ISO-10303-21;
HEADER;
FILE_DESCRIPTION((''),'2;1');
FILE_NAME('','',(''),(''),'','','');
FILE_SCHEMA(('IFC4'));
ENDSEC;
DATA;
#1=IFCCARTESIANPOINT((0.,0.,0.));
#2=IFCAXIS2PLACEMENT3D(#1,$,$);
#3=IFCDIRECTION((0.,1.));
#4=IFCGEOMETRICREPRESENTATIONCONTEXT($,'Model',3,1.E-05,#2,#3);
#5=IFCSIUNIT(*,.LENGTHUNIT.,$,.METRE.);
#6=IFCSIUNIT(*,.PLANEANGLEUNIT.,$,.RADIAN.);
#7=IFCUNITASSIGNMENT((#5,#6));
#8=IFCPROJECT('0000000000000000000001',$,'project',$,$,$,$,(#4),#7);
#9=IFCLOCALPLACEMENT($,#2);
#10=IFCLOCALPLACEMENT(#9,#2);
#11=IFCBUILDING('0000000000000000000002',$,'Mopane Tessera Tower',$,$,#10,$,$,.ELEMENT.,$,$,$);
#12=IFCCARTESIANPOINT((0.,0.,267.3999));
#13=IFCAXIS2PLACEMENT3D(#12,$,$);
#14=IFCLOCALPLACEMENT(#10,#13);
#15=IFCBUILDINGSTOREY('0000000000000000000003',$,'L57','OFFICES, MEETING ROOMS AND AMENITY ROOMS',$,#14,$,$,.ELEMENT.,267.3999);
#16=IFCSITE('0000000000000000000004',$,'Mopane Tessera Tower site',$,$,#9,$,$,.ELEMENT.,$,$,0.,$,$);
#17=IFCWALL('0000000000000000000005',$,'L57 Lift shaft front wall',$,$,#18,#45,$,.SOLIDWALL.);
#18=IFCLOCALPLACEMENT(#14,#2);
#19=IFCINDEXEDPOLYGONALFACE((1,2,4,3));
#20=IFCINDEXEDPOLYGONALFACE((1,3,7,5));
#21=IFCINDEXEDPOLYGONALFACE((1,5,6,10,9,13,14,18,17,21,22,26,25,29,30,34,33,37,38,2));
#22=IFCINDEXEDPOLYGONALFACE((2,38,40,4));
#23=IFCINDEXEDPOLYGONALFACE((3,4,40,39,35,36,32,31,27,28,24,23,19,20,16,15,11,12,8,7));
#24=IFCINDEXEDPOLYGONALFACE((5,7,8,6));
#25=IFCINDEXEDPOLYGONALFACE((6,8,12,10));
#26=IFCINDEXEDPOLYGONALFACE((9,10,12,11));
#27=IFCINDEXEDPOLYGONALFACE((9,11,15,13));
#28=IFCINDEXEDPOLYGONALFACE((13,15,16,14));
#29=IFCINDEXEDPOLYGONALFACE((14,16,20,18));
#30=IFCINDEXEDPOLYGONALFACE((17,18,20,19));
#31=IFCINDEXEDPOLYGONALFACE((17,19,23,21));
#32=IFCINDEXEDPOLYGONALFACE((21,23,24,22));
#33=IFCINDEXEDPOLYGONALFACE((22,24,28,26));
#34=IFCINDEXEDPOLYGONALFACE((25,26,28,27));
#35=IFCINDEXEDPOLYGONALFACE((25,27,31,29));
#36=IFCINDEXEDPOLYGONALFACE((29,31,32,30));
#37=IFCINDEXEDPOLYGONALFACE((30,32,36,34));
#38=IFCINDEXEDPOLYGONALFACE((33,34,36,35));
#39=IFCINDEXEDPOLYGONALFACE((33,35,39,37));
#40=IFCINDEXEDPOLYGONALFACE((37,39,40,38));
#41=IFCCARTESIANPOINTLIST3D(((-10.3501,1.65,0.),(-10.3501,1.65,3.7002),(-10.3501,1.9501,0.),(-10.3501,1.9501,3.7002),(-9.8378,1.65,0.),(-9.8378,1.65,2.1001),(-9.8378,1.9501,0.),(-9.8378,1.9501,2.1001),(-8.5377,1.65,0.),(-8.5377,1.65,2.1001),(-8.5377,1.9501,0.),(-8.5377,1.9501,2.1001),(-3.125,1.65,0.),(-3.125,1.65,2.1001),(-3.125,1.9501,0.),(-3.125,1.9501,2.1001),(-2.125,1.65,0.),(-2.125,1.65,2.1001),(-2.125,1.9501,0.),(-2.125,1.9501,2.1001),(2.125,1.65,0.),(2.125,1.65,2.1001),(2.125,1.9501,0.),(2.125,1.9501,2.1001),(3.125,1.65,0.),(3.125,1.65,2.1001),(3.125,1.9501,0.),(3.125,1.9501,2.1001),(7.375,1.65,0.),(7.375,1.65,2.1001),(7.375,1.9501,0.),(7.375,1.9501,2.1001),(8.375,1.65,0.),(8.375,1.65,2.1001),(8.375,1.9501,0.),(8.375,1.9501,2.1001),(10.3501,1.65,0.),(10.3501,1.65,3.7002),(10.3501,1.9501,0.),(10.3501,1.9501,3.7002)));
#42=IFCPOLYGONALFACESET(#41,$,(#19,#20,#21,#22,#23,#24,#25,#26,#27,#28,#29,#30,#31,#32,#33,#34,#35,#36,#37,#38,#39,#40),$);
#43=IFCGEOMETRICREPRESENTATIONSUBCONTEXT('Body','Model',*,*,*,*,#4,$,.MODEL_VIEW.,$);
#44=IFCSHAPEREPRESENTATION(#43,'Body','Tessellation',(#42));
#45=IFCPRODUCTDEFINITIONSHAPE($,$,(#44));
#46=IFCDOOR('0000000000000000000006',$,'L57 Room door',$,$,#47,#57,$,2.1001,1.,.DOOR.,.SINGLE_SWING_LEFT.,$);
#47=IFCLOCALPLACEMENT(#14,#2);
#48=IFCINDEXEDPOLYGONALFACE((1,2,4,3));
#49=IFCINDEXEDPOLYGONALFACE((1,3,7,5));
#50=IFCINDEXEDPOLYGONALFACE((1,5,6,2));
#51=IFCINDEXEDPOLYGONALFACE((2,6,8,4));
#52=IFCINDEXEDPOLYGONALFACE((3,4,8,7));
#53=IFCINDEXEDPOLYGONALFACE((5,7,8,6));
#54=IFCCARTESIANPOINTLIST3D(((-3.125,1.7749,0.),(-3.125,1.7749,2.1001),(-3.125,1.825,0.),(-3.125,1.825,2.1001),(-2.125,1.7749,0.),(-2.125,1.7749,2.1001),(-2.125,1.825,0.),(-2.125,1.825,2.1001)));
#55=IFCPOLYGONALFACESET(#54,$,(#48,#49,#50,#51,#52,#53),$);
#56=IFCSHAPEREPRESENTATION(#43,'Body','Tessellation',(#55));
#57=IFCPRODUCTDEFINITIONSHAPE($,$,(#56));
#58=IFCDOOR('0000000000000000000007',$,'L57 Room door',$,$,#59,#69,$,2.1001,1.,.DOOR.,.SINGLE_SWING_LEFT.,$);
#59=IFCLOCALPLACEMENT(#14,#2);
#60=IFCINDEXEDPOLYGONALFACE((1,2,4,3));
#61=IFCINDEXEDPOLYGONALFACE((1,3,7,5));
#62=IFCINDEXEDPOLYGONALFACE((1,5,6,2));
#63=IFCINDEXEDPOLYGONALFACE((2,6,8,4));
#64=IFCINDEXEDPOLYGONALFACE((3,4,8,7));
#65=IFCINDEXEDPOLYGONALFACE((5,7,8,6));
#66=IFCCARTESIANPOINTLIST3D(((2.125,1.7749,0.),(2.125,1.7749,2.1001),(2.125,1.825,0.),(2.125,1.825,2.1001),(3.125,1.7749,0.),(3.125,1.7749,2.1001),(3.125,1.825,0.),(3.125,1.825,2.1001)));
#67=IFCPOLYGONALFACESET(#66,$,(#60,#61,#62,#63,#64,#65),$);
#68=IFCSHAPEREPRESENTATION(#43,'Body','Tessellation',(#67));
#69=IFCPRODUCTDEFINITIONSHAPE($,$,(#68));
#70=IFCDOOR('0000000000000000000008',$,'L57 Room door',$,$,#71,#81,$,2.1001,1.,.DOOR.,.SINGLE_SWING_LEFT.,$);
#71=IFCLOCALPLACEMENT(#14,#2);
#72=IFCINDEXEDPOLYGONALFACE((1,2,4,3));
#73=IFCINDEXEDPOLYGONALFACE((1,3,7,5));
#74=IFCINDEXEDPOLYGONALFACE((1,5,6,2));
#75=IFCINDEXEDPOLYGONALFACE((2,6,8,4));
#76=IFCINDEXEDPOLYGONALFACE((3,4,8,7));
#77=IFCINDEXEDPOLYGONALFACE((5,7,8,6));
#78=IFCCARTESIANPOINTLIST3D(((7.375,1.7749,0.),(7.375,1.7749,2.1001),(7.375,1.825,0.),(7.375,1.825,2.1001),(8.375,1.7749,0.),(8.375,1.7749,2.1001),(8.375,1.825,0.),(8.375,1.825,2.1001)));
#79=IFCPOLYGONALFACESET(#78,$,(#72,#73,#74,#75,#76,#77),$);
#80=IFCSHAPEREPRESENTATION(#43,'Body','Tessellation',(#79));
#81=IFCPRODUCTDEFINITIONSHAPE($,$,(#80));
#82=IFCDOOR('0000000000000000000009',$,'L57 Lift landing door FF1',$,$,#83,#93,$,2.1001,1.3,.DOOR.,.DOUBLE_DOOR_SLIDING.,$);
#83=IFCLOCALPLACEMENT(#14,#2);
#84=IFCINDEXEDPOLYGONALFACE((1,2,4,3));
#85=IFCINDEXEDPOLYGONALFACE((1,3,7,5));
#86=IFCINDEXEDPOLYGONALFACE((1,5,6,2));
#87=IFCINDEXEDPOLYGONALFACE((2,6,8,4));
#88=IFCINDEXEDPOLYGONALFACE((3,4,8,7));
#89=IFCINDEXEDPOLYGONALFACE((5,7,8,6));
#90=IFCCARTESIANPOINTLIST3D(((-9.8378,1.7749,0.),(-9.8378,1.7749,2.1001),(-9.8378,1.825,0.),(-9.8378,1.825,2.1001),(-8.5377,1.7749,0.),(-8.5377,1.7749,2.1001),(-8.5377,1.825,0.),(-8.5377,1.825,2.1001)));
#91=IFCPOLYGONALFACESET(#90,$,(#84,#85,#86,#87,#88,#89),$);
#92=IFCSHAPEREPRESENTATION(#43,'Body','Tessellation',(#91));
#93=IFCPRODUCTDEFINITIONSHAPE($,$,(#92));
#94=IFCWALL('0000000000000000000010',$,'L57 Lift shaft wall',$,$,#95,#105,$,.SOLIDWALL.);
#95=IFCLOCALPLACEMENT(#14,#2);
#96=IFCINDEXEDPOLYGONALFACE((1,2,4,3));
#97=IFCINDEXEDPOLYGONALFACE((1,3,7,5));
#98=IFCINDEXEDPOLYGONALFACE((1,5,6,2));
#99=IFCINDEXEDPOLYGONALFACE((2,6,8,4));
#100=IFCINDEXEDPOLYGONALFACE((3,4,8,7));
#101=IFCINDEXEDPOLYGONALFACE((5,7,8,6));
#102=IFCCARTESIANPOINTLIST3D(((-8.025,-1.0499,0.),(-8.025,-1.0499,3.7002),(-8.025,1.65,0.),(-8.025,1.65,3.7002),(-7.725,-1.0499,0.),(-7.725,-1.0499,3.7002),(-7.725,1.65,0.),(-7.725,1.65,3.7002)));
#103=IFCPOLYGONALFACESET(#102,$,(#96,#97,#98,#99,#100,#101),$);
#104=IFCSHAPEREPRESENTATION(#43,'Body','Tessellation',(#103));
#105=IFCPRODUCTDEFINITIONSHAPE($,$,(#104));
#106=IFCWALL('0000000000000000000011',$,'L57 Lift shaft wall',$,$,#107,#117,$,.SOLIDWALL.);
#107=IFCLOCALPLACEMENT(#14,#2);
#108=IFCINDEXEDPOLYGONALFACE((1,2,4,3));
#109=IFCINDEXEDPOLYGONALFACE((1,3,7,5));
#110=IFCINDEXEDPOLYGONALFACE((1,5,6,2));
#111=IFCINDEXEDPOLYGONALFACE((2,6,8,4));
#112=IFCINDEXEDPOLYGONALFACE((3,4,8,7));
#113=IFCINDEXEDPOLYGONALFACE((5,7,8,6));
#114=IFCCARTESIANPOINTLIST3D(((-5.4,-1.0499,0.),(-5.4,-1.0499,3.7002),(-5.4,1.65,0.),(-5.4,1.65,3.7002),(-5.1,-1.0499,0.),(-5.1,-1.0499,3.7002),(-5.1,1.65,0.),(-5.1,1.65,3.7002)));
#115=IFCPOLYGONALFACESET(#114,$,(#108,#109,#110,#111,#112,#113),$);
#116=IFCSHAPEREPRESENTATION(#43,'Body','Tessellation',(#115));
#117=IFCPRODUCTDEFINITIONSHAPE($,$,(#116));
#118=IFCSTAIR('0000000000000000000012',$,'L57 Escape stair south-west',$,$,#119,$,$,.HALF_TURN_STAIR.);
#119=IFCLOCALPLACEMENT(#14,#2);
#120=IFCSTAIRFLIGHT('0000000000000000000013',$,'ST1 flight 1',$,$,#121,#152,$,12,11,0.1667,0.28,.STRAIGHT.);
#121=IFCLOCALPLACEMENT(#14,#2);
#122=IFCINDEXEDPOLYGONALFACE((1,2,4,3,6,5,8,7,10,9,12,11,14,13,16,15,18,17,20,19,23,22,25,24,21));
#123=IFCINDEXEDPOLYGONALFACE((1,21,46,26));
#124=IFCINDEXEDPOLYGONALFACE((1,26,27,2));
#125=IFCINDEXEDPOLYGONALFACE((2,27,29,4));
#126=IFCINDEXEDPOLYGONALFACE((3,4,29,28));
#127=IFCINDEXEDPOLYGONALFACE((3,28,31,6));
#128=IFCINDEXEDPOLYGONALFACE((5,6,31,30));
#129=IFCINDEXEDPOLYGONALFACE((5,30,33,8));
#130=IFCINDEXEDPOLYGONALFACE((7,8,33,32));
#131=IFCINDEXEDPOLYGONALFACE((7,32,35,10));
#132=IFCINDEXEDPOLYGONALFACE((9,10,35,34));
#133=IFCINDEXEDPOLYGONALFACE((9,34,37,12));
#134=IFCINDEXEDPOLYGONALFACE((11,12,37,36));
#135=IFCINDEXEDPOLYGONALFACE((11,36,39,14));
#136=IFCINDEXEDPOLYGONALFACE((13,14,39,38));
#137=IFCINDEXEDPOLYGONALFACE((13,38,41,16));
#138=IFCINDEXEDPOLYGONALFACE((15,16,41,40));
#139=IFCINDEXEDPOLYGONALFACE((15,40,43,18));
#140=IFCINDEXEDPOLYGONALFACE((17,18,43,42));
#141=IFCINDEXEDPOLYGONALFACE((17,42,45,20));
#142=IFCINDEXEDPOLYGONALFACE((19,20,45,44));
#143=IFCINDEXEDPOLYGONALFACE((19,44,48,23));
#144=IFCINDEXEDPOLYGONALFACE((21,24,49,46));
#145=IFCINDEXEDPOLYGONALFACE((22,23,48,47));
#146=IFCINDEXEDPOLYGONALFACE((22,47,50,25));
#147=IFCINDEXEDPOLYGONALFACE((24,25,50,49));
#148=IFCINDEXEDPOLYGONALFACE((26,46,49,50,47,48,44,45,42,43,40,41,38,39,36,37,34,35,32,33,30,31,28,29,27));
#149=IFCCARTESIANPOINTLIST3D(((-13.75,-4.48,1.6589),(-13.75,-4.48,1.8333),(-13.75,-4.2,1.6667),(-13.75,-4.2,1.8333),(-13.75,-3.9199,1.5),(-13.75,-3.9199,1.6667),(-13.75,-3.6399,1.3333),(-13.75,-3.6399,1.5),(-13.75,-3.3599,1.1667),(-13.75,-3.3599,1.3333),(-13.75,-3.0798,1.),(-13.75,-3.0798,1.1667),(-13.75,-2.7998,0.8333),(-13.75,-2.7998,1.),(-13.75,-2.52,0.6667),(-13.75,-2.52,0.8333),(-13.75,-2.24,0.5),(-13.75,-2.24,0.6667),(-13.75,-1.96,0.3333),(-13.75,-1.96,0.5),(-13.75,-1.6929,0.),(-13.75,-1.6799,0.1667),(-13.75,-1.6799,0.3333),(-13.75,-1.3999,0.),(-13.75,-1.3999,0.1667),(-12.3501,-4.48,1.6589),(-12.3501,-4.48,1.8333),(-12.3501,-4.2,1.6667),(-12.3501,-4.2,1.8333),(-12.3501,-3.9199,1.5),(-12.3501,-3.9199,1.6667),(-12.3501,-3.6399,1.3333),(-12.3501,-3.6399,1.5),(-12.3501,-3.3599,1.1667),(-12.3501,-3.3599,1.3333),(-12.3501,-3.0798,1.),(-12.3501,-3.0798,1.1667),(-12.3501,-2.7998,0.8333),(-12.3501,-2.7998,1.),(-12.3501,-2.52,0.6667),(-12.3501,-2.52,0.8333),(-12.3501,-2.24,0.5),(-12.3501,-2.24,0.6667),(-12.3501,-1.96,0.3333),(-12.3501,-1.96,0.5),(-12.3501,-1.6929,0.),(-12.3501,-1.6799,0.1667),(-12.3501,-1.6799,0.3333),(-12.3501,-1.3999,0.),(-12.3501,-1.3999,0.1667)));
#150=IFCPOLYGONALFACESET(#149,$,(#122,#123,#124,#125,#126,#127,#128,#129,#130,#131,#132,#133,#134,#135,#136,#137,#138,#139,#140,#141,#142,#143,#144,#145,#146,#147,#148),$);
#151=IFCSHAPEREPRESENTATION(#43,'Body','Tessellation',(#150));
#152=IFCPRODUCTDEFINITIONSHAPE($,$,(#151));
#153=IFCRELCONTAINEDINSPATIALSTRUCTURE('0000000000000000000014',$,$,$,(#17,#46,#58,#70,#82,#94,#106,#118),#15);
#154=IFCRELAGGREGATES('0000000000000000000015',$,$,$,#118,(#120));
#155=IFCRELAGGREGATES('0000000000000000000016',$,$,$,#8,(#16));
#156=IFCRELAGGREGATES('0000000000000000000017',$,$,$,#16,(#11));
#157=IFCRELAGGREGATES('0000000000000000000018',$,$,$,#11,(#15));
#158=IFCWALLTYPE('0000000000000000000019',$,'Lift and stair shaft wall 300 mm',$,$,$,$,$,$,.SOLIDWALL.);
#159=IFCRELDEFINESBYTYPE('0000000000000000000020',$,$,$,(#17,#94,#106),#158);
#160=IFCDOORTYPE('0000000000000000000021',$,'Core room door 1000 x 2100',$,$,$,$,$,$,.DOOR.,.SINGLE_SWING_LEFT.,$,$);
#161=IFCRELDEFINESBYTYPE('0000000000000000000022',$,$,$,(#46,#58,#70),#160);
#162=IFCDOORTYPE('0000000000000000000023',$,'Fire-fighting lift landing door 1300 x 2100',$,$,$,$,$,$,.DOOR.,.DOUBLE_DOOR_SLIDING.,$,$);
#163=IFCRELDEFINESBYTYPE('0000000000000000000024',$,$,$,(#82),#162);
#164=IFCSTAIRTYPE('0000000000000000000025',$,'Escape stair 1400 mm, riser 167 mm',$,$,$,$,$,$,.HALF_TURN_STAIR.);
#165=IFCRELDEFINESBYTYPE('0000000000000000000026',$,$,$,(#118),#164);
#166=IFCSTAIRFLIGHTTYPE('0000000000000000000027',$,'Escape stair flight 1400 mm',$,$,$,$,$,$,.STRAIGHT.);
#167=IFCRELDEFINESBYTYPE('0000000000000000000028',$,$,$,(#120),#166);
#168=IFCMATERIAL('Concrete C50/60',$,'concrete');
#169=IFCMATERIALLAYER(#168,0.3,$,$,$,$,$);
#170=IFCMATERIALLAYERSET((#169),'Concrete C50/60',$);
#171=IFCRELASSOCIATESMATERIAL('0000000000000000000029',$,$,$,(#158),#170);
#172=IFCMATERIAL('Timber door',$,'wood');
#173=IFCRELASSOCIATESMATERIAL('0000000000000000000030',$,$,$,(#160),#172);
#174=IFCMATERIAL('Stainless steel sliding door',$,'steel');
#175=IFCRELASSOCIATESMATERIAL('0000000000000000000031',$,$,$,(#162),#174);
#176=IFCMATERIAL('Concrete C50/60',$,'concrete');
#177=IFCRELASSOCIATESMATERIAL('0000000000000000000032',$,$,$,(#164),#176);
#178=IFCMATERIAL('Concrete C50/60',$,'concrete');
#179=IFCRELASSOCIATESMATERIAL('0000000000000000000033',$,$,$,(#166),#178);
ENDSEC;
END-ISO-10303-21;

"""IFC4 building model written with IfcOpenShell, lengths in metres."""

from ifc_helpers import new_model, si_unit, direction, frame, frame_2d, origin, place, context, subcontext, project, spatial, polyline, rectangle, outline, extrude, material, layer, layer_set, type_object, element, fill, aggregate, save


model = new_model("IFC4")

# Units and contexts
model_context = context("Model", 3, precision=1e-05, world=origin(), true_north=direction((0.0, 1.0)))
body_context = subcontext(model_context, "Body", "Model", "MODEL_VIEW")
ifc_project = project(units=[si_unit("LENGTHUNIT", "METRE"), si_unit("PLANEANGLEUNIT", "RADIAN")], contexts=[model_context])

# Site, building, storey
site_placement = place(None, origin())
site = spatial("IfcSite", under=ifc_project, at=site_placement, Name="Mopane Tessera Tower site", CompositionType="ELEMENT", RefElevation=0.0)
building_placement = place(site_placement, origin())
building = spatial("IfcBuilding", under=site, at=building_placement, Name="Mopane Tessera Tower", CompositionType="ELEMENT")
storey_placement = place(building_placement, frame((0.0, 0.0, 267.3999)))
storey = spatial("IfcBuildingStorey", under=building, at=storey_placement, Name="L57", Description="OFFICES, MEETING ROOMS AND AMENITY ROOMS", CompositionType="ELEMENT", Elevation=267.3999)

# Shared definitions
ifc_material_1 = material(Name="Concrete C50/60", Category="concrete")
ifc_layer_1 = layer(ifc_material_1, 0.3)
ifc_layer_set_1 = layer_set([ifc_layer_1], Name="Concrete C50/60")
wall_type_1 = type_object("IfcWallType", Name="Lift and stair shaft wall 300 mm", PredefinedType="SOLIDWALL", material=ifc_layer_set_1)

# Wall, openings, doors
wall_1_placement = place(storey_placement, frame((-10.3501, 1.8, 0.0), z_axis=(0.0, 0.0, 1.0), x_axis=(1.0, 0.0, 0.0)))
wall_1 = element("IfcWall", 1, at=wall_1_placement, inside=storey, type_object=wall_type_1, Name="L57 Lift shaft front wall", PredefinedType="SOLIDWALL", context=body_context, shape_type="SweptSolid", body=[
    extrude(rectangle(XDim=20.7002, YDim=0.3, at=frame_2d((10.3501, 0.0))), origin(), (0.0, 0.0, 1.0), 3.7002),
])
opening_1_placement = place(wall_1_placement, frame((0.5125, 0.0, 0.0)))
opening_1 = element("IfcOpeningElement", 2, at=opening_1_placement, cuts=wall_1, PredefinedType="OPENING", context=body_context, shape_type="SweptSolid", body=[
    extrude(rectangle(XDim=1.3, YDim=2.1001, at=frame_2d((0.6499, 1.05))), frame((0.0, 0.1621, 0.0), z_axis=(0.0, -1.0, 0.0), x_axis=(1.0, 0.0, 0.0)), (0.0, 0.0, 1.0), 0.324),
])
opening_2_placement = place(wall_1_placement, frame((7.2251, 0.0, 0.0)))
opening_2 = element("IfcOpeningElement", 3, at=opening_2_placement, cuts=wall_1, PredefinedType="OPENING", context=body_context, shape_type="SweptSolid", body=[
    extrude(rectangle(XDim=1.0, YDim=2.1001, at=frame_2d((0.5, 1.05))), frame((0.0, 0.1621, 0.0), z_axis=(0.0, -1.0, 0.0), x_axis=(1.0, 0.0, 0.0)), (0.0, 0.0, 1.0), 0.324),
])
opening_3_placement = place(wall_1_placement, frame((12.4751, 0.0, 0.0)))
opening_3 = element("IfcOpeningElement", 4, at=opening_3_placement, cuts=wall_1, PredefinedType="OPENING", context=body_context, shape_type="SweptSolid", body=[
    extrude(rectangle(XDim=1.0, YDim=2.1001, at=frame_2d((0.5, 1.05))), frame((0.0, 0.1621, 0.0), z_axis=(0.0, -1.0, 0.0), x_axis=(1.0, 0.0, 0.0)), (0.0, 0.0, 1.0), 0.324),
])
opening_4_placement = place(wall_1_placement, frame((17.7251, 0.0, 0.0)))
opening_4 = element("IfcOpeningElement", 5, at=opening_4_placement, cuts=wall_1, PredefinedType="OPENING", context=body_context, shape_type="SweptSolid", body=[
    extrude(rectangle(XDim=1.0, YDim=2.1001, at=frame_2d((0.5, 1.05))), frame((0.0, 0.1621, 0.0), z_axis=(0.0, -1.0, 0.0), x_axis=(1.0, 0.0, 0.0)), (0.0, 0.0, 1.0), 0.324),
])
ifc_material_2 = material(Name="Timber door", Category="wood")
door_type_1 = type_object("IfcDoorType", Name="Core room door 1000 x 2100", OperationType="SINGLE_SWING_LEFT", PredefinedType="DOOR", material=ifc_material_2)
door_1_placement = place(opening_2_placement, origin())
door_1 = element("IfcDoor", 6, at=door_1_placement, inside=storey, type_object=door_type_1, Name="L57 Room door", OperationType="SINGLE_SWING_LEFT", OverallHeight=2.1001, OverallWidth=1.0, PredefinedType="DOOR", context=body_context, shape_type="SweptSolid", body=[
    extrude(rectangle(XDim=1.0, YDim=2.1001, at=frame_2d((0.5, 1.05))), frame((0.0, 0.0249, 0.0), z_axis=(0.0, -1.0, 0.0), x_axis=(1.0, 0.0, 0.0)), (0.0, 0.0, 1.0), 0.05),
])
fill(opening_2, door_1)
door_2_placement = place(opening_3_placement, origin())
door_2 = element("IfcDoor", 7, at=door_2_placement, inside=storey, type_object=door_type_1, Name="L57 Room door", OperationType="SINGLE_SWING_LEFT", OverallHeight=2.1001, OverallWidth=1.0, PredefinedType="DOOR", context=body_context, shape_type="SweptSolid", body=[
    extrude(rectangle(XDim=1.0, YDim=2.1001, at=frame_2d((0.5, 1.05))), frame((0.0, 0.0249, 0.0), z_axis=(0.0, -1.0, 0.0), x_axis=(1.0, 0.0, 0.0)), (0.0, 0.0, 1.0), 0.05),
])
fill(opening_3, door_2)
door_3_placement = place(opening_4_placement, origin())
door_3 = element("IfcDoor", 8, at=door_3_placement, inside=storey, type_object=door_type_1, Name="L57 Room door", OperationType="SINGLE_SWING_LEFT", OverallHeight=2.1001, OverallWidth=1.0, PredefinedType="DOOR", context=body_context, shape_type="SweptSolid", body=[
    extrude(rectangle(XDim=1.0, YDim=2.1001, at=frame_2d((0.5, 1.05))), frame((0.0, 0.0249, 0.0), z_axis=(0.0, -1.0, 0.0), x_axis=(1.0, 0.0, 0.0)), (0.0, 0.0, 1.0), 0.05),
])
fill(opening_4, door_3)
ifc_material_3 = material(Name="Stainless steel sliding door", Category="steel")
door_type_2 = type_object("IfcDoorType", Name="Fire-fighting lift landing door 1300 x 2100", OperationType="DOUBLE_DOOR_SLIDING", PredefinedType="DOOR", material=ifc_material_3)
door_4_placement = place(opening_1_placement, origin())
door_4 = element("IfcDoor", 9, at=door_4_placement, inside=storey, type_object=door_type_2, Name="L57 Lift landing door FF1", OperationType="DOUBLE_DOOR_SLIDING", OverallHeight=2.1001, OverallWidth=1.3, PredefinedType="DOOR", context=body_context, shape_type="SweptSolid", body=[
    extrude(rectangle(XDim=1.3, YDim=2.1001, at=frame_2d((0.6499, 1.05))), frame((0.0, 0.0249, 0.0), z_axis=(0.0, -1.0, 0.0), x_axis=(1.0, 0.0, 0.0)), (0.0, 0.0, 1.0), 0.05),
])
fill(opening_1, door_4)

# Walls
for number, where, z_axis, x_axis, name in (
    (10, (-7.875, -1.05, 0.0), (0.0, 0.0, 1.0), (0.0, 1.0, 0.0), "L57 Lift shaft wall"),
    (11, (-5.25, -1.05, 0.0), (0.0, 0.0, 1.0), (0.0, 1.0, 0.0), "L57 Lift shaft wall"),
):
    element("IfcWall", number, at=place(storey_placement, frame(where, z_axis=z_axis, x_axis=x_axis)), inside=storey, type_object=wall_type_1, Name=name, PredefinedType="SOLIDWALL", context=body_context, shape_type="SweptSolid", body=[
        extrude(rectangle(XDim=2.7, YDim=0.3, at=frame_2d((1.3501, 0.0))), origin(), (0.0, 0.0, 1.0), 3.7002),
    ])

# Stair, stair flight
ifc_material_4 = material(Name="Concrete C50/60", Category="concrete")
stair_type = type_object("IfcStairType", Name="Escape stair 1400 mm, riser 167 mm", PredefinedType="HALF_TURN_STAIR", material=ifc_material_4)
stair_placement = place(storey_placement, origin())
stair = element("IfcStair", 12, at=stair_placement, inside=storey, type_object=stair_type, Name="L57 Escape stair south-west", PredefinedType="HALF_TURN_STAIR")
ifc_material_5 = material(Name="Concrete C50/60", Category="concrete")
stair_flight_type = type_object("IfcStairFlightType", Name="Escape stair flight 1400 mm", PredefinedType="STRAIGHT", material=ifc_material_5)
stair_flight_1_placement = place(storey_placement, frame((-13.05, -1.3999, 0.0), z_axis=(0.0, 0.0, 1.0), x_axis=(0.0, -1.0, 0.0)))
stair_flight_1 = element("IfcStairFlight", 13, at=stair_flight_1_placement, type_object=stair_flight_type, Name="ST1 flight 1", NumberOfRisers=12, NumberOfTreads=11, PredefinedType="STRAIGHT", RiserHeight=0.1667, TreadLength=0.28, context=body_context, shape_type="SweptSolid", body=[
    extrude(outline(polyline([(0.0, 0.0), (0.0, 0.1667), (0.28, 0.1667), (0.28, 0.3333), (0.5601, 0.3333), (0.5601, 0.5), (0.8401, 0.5), (0.8401, 0.6667), (1.1201, 0.6667), (1.1201, 0.8333), (1.3999, 0.8333), (1.3999, 1.0), (1.6799, 1.0), (1.6799, 1.1667), (1.96, 1.1667), (1.96, 1.3333), (2.24, 1.3333), (2.24, 1.5), (2.52, 1.5), (2.52, 1.6667), (2.8, 1.6667), (2.8, 1.8333), (3.0801, 1.8333), (3.0801, 2.0), (3.0801, 1.6589), (0.293, 0.0), (0.0, 0.0)])), frame((0.0, 0.7, 0.0), z_axis=(0.0, -1.0, 0.0), x_axis=(1.0, 0.0, 0.0)), (0.0, 0.0, 1.0), 1.3999),
])
aggregate(stair, [stair_flight_1])

save(model, "model.ifc")
